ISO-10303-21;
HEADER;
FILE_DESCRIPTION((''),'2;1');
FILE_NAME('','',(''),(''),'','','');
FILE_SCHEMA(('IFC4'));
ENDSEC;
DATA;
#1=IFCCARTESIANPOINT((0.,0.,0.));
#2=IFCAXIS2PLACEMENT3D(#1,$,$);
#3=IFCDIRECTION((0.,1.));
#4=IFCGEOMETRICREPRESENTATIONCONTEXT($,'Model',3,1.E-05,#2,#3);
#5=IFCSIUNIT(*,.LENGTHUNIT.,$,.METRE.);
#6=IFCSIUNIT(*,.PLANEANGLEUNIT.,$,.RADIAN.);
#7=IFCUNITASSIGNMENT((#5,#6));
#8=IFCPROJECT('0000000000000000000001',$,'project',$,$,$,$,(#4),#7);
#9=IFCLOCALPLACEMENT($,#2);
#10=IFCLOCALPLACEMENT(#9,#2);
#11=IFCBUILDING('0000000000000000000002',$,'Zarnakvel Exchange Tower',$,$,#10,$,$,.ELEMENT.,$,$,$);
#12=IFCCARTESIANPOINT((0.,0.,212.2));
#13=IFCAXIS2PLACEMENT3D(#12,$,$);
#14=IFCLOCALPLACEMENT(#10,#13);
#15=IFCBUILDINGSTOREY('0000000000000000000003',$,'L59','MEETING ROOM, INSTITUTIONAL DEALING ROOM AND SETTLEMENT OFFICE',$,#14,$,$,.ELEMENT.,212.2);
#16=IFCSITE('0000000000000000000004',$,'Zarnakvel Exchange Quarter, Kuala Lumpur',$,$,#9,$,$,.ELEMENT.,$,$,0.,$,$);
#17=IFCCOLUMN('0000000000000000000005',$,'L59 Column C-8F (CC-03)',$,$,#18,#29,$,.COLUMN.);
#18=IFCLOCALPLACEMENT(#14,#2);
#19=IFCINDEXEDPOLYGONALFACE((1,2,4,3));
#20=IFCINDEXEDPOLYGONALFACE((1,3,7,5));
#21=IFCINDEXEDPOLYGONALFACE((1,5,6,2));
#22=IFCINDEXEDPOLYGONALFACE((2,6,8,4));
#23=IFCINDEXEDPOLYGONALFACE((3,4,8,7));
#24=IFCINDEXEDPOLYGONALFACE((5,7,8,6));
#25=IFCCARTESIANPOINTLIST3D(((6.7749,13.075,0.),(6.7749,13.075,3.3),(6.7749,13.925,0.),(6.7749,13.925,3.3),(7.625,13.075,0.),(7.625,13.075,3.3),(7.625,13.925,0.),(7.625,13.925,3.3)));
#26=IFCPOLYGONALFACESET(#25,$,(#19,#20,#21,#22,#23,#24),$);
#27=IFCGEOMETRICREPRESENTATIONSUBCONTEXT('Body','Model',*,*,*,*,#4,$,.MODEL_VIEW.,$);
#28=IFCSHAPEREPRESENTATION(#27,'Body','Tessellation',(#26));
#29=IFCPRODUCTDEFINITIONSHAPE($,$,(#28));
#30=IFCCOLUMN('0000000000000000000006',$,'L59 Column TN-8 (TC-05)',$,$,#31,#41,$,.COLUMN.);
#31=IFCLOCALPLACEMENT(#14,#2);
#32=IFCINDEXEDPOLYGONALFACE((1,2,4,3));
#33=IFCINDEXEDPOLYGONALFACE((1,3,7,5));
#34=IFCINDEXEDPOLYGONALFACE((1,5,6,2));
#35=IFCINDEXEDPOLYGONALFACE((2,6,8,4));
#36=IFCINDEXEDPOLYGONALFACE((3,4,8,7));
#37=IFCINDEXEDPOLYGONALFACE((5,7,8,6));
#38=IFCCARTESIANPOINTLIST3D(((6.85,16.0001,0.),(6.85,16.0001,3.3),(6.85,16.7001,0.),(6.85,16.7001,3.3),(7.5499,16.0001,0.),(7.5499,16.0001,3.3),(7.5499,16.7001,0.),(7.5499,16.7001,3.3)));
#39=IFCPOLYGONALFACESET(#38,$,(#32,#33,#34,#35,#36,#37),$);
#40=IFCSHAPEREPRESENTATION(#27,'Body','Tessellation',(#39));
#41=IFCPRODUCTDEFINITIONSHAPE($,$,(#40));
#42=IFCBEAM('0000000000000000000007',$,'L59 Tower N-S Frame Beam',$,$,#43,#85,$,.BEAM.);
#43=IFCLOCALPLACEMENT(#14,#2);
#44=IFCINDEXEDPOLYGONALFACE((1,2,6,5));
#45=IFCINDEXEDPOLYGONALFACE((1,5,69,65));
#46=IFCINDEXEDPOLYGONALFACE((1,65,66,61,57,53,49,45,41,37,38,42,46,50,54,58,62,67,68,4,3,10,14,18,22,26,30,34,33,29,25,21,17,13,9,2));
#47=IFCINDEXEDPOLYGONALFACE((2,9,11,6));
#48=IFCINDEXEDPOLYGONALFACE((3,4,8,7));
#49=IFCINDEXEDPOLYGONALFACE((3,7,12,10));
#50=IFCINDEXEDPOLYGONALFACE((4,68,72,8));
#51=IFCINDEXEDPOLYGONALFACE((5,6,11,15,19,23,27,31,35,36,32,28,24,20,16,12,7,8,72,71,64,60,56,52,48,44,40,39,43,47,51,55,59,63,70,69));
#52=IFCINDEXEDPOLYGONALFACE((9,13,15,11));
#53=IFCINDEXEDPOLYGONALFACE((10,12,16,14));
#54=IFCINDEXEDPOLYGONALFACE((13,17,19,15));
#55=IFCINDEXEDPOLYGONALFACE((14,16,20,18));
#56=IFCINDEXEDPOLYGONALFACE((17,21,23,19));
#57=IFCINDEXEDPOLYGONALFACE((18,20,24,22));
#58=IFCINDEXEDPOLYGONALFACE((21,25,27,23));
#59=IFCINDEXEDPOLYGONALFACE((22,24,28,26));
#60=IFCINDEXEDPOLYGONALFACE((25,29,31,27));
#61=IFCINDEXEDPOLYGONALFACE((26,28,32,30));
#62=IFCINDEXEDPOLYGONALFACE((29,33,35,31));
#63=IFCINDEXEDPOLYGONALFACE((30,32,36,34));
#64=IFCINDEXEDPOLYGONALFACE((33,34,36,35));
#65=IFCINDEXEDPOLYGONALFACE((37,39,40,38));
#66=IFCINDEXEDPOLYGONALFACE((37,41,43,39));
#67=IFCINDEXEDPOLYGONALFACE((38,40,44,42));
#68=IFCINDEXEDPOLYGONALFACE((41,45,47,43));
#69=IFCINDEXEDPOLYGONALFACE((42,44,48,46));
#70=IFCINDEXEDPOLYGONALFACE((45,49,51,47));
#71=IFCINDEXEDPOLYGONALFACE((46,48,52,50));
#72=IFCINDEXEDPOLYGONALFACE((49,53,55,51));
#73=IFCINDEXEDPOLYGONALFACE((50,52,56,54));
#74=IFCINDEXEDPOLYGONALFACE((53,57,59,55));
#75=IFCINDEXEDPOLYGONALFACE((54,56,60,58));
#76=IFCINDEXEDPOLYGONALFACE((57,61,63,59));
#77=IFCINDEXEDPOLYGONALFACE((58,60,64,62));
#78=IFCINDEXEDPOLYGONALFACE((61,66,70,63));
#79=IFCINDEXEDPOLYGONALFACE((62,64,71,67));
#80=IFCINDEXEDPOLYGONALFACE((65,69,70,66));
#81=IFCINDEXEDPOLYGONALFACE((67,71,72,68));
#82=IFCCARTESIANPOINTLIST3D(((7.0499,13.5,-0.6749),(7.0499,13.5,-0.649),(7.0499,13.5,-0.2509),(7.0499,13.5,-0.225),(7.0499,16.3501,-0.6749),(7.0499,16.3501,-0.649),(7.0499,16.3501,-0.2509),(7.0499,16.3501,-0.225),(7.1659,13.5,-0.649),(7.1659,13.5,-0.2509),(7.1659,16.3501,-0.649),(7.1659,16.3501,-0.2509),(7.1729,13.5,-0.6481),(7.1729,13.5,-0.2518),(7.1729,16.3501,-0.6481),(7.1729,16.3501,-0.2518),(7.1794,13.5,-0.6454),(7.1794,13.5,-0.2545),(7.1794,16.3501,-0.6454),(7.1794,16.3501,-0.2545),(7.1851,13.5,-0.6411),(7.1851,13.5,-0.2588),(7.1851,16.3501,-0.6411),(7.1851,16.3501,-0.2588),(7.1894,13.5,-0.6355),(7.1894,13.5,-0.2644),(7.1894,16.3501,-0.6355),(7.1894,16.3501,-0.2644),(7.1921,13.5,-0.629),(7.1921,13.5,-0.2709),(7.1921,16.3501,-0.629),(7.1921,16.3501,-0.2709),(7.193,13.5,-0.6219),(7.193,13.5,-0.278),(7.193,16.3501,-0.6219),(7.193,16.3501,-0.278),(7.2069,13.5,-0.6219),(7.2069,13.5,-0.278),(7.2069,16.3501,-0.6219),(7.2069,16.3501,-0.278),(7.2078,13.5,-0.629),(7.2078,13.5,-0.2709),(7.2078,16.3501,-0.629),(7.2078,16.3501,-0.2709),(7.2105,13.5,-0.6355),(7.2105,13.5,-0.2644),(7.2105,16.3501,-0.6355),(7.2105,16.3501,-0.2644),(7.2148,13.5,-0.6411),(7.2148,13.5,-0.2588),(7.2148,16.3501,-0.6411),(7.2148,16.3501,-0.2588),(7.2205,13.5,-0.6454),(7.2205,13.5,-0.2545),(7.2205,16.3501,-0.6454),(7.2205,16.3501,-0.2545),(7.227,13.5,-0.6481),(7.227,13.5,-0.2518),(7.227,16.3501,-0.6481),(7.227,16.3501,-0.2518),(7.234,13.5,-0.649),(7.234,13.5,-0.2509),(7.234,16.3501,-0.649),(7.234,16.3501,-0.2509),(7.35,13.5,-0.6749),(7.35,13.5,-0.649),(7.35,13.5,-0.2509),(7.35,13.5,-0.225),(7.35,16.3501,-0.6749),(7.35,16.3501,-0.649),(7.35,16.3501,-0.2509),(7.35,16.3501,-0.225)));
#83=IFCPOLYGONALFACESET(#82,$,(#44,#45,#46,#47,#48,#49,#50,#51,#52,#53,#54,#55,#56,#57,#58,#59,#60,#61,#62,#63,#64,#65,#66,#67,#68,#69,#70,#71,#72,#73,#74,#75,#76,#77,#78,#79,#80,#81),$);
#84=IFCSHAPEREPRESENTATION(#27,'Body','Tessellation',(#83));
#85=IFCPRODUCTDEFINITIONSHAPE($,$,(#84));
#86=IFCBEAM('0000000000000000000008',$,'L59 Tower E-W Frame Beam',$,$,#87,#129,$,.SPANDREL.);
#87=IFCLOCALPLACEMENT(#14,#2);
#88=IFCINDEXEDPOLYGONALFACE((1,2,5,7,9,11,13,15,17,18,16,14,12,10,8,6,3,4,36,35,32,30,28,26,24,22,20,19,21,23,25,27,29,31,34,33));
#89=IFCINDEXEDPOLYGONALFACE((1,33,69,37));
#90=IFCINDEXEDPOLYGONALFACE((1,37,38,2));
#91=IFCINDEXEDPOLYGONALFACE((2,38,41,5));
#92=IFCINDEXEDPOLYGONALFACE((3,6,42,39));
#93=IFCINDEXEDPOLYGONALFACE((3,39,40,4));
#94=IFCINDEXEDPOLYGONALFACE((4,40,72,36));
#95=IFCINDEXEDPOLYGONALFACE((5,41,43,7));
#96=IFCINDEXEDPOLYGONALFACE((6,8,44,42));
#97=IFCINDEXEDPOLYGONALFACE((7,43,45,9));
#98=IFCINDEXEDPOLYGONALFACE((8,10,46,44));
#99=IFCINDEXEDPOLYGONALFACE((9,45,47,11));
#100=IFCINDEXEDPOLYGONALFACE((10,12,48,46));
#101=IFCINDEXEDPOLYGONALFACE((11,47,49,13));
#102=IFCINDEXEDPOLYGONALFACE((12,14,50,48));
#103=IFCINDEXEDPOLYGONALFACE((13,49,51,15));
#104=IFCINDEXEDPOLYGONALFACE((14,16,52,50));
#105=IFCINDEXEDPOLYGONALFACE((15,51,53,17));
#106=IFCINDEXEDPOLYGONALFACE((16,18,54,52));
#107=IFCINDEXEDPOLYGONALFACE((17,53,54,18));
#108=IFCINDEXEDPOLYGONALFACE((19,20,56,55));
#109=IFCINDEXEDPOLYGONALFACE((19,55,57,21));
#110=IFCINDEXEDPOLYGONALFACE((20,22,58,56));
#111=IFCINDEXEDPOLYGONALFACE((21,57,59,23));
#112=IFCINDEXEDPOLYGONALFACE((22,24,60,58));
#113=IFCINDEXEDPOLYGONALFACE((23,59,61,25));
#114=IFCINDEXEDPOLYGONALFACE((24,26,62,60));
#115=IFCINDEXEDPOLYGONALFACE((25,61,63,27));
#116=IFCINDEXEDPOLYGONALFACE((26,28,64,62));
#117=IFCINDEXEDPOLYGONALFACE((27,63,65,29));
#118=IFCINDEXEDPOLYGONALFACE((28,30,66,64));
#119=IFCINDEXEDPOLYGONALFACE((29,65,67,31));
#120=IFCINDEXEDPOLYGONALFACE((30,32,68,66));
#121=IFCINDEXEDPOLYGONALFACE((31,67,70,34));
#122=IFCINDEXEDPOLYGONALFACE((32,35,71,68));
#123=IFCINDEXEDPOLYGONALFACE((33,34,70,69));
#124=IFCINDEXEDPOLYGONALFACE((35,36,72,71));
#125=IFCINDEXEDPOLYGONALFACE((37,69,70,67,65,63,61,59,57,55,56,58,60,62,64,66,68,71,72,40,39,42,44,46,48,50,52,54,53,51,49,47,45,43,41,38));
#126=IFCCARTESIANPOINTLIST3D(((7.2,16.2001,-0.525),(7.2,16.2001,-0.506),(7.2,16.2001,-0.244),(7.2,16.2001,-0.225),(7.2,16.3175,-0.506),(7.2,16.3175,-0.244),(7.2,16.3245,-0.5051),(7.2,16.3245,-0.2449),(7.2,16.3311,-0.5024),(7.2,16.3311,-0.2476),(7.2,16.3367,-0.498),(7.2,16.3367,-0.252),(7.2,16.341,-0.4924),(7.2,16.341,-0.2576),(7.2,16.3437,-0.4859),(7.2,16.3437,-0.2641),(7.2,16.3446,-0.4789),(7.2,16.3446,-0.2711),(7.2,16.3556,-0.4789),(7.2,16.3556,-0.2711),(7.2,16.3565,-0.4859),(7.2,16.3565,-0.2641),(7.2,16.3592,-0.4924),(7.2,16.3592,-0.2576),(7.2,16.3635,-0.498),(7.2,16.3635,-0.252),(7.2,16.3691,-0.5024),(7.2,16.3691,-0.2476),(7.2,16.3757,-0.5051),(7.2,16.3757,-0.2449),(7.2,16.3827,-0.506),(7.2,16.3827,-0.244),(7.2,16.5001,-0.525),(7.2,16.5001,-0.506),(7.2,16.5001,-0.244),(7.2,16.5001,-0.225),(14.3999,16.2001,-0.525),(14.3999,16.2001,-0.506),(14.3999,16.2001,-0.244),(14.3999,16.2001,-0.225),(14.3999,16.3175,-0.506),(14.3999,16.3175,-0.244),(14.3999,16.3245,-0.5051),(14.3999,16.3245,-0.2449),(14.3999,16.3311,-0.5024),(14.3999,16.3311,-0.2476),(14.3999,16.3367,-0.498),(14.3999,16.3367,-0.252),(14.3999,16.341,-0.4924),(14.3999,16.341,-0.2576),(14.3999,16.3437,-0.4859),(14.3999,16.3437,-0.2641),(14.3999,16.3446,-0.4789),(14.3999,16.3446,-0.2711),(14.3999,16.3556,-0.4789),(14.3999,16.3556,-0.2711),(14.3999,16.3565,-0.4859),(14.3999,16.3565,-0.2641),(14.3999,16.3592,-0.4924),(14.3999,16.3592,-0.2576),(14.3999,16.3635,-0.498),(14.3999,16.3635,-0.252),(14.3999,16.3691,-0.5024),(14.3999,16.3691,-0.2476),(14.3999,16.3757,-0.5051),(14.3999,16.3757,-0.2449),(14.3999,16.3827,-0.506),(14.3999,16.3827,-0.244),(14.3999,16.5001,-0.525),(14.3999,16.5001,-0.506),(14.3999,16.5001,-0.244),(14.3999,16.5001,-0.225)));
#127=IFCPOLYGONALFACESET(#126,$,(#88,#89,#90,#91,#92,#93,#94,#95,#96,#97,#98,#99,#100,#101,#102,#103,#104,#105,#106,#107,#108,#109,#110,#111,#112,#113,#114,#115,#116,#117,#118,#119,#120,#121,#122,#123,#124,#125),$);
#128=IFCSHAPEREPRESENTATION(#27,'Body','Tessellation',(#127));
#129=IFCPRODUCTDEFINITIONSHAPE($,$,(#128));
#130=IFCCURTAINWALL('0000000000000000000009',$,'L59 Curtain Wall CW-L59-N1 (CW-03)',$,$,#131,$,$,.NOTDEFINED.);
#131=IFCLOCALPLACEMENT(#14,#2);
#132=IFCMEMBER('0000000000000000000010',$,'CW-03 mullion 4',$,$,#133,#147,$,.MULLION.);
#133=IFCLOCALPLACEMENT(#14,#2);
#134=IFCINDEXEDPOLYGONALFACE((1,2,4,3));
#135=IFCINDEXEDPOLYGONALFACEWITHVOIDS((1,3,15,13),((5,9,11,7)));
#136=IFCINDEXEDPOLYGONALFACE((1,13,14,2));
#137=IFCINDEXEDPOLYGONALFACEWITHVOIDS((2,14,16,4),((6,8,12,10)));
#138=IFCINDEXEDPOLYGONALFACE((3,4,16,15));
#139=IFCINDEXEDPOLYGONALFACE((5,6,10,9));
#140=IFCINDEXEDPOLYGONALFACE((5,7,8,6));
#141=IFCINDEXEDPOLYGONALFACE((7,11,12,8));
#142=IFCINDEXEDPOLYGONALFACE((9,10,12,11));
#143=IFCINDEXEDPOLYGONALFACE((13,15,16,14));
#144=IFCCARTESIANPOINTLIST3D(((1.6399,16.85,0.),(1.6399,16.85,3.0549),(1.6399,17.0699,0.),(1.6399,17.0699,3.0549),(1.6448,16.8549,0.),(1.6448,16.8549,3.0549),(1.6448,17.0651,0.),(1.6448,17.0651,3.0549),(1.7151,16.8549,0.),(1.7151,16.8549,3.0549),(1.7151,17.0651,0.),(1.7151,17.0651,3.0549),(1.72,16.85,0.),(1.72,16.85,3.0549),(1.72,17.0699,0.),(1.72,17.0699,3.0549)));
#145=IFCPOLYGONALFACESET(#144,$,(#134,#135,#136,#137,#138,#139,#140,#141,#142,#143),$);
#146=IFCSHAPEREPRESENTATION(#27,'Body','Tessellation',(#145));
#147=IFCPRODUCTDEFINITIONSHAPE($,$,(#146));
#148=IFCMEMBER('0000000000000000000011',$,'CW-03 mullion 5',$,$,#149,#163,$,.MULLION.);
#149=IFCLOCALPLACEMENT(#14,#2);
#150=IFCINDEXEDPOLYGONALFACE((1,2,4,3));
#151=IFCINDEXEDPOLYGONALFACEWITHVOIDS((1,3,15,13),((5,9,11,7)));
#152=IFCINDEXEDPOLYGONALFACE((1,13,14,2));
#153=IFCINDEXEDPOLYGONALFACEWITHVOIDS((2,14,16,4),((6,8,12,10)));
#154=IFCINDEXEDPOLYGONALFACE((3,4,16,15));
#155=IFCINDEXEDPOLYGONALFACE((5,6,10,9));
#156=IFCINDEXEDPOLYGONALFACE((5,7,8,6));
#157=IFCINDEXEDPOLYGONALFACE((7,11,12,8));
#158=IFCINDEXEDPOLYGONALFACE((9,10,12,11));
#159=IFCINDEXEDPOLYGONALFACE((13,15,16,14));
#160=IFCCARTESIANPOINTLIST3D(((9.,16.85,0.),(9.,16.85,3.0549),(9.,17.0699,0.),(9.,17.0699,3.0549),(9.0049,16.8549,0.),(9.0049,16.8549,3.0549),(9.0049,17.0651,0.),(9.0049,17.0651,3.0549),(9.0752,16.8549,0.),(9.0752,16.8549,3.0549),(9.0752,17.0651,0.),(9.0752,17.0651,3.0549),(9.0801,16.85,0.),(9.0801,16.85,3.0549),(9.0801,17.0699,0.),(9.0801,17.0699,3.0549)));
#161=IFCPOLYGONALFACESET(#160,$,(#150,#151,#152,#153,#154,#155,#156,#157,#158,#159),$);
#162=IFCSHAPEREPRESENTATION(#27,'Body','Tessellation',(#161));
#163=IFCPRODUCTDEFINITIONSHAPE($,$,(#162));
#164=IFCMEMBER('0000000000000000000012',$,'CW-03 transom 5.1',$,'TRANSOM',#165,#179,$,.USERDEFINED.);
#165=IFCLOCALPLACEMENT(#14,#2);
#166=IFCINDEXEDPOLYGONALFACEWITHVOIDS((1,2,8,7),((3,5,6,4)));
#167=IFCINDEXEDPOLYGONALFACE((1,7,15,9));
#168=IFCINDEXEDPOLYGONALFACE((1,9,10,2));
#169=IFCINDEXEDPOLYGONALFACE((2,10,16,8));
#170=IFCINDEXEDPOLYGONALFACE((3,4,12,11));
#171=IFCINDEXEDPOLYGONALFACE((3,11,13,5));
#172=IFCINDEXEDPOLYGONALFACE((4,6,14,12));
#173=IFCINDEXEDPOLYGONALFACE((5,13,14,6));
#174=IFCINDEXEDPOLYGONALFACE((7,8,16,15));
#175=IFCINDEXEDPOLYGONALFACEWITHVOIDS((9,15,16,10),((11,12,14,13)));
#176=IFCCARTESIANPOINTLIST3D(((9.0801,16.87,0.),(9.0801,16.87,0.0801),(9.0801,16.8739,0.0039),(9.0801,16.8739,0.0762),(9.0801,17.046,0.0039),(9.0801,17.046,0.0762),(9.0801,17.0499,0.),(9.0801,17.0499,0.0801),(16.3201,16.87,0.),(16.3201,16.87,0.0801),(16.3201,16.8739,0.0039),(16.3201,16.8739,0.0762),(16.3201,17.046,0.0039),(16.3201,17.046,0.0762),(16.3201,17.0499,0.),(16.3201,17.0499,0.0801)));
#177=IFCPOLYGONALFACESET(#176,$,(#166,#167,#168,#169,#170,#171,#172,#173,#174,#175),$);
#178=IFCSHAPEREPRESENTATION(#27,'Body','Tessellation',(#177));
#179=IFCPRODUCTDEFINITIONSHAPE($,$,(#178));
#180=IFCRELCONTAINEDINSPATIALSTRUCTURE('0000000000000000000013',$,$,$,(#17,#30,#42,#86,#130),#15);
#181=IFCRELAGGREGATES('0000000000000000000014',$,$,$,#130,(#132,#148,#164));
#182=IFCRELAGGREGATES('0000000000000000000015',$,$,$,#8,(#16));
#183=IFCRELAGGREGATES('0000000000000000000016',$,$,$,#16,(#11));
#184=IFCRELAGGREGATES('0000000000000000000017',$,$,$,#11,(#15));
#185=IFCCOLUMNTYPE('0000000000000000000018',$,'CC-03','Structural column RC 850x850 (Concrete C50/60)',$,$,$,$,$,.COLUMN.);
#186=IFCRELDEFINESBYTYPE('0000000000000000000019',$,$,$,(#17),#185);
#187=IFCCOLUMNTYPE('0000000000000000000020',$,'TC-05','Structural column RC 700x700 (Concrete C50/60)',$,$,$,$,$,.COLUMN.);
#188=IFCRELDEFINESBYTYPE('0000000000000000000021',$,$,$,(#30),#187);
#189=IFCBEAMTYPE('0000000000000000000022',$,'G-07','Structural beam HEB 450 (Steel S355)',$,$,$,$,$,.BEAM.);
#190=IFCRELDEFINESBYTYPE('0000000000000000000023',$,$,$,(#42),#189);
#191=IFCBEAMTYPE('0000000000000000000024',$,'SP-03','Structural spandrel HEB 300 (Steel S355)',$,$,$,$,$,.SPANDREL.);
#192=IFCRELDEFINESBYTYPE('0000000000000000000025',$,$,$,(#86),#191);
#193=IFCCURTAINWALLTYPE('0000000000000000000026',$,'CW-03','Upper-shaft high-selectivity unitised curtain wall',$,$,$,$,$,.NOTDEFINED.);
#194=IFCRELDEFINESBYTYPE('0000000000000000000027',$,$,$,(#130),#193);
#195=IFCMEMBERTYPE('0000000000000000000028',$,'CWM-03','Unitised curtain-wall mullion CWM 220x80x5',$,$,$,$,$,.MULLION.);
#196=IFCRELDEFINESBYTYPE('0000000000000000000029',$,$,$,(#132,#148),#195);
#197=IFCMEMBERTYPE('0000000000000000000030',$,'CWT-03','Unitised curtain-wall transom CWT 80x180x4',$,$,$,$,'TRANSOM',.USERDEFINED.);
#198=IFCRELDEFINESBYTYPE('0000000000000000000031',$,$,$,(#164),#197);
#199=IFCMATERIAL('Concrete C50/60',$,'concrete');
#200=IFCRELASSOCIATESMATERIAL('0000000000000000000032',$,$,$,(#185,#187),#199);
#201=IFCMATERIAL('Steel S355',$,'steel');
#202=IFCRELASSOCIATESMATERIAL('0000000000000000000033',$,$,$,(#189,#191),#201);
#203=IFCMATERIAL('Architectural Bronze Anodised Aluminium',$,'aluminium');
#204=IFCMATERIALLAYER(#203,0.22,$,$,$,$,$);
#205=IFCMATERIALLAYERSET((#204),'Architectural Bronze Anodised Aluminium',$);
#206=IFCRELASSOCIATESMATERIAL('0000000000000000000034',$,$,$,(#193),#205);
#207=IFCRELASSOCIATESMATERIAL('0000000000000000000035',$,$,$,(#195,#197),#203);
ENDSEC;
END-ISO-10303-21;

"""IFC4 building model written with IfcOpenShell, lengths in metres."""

from ifc_helpers import new_model, si_unit, direction, frame, origin, origin_2d, place, context, subcontext, project, spatial, rectangle, hollow_rectangle, i_section, extrude, source, transform, mapped, material, layer, layer_set, material_profile, profile_set, type_object, element, aggregate, save


model = new_model("IFC4")

# Units and contexts
model_context = context("Model", 3, precision=1e-05, world=origin(), true_north=direction((0.0, 1.0)))
body_context = subcontext(model_context, "Body", "Model", "MODEL_VIEW")
ifc_project = project(units=[si_unit("LENGTHUNIT", "METRE"), si_unit("PLANEANGLEUNIT", "RADIAN")], contexts=[model_context])

# Site, building, storey
site_placement = place(None, origin())
site = spatial("IfcSite", under=ifc_project, at=site_placement, Name="Zarnakvel Exchange Quarter, Kuala Lumpur", CompositionType="ELEMENT", RefElevation=0.0)
building_placement = place(site_placement, origin())
building = spatial("IfcBuilding", under=site, at=building_placement, Name="Zarnakvel Exchange Tower", CompositionType="ELEMENT")
storey_placement = place(building_placement, frame((0.0, 0.0, 212.2)))
storey = spatial("IfcBuildingStorey", under=building, at=storey_placement, Name="L59", Description="MEETING ROOM, INSTITUTIONAL DEALING ROOM AND SETTLEMENT OFFICE", CompositionType="ELEMENT", Elevation=212.2)

# Columns
ifc_material_1 = material(Name="Concrete C50/60", Category="concrete")
ifc_material_profile_1 = material_profile(ifc_material_1, rectangle(XDim=0.8501, YDim=0.8501, at=origin_2d()))
ifc_profile_set_1 = profile_set([ifc_material_profile_1], Name="Concrete C50/60")
column_type_1 = type_object("IfcColumnType", Name="CC-03", Description="Structural column RC 850x850 (Concrete C50/60)", PredefinedType="COLUMN", material=ifc_profile_set_1)
column_1_placement = place(storey_placement, frame((7.2, 13.5, 0.0), z_axis=(0.0, 0.0, 1.0), x_axis=(1.0, 0.0, 0.0)))
element("IfcColumn", 1, at=column_1_placement, inside=storey, type_object=column_type_1, Name="L59 Column C-8F (CC-03)", PredefinedType="COLUMN", context=body_context, shape_type="SweptSolid", body=[
    extrude(rectangle(XDim=0.8501, YDim=0.8501, at=origin_2d()), origin(), (0.0, 0.0, 1.0), 3.3),
])
ifc_material_profile_2 = material_profile(ifc_material_1, rectangle(XDim=0.7, YDim=0.7, at=origin_2d()))
ifc_profile_set_2 = profile_set([ifc_material_profile_2], Name="Concrete C50/60")
column_type_2 = type_object("IfcColumnType", Name="TC-05", Description="Structural column RC 700x700 (Concrete C50/60)", PredefinedType="COLUMN", material=ifc_profile_set_2)
column_2_placement = place(storey_placement, frame((7.2, 16.3501, 0.0), z_axis=(0.0, 0.0, 1.0), x_axis=(1.0, 0.0, 0.0)))
element("IfcColumn", 2, at=column_2_placement, inside=storey, type_object=column_type_2, Name="L59 Column TN-8 (TC-05)", PredefinedType="COLUMN", context=body_context, shape_type="SweptSolid", body=[
    extrude(rectangle(XDim=0.7, YDim=0.7, at=origin_2d()), origin(), (0.0, 0.0, 1.0), 3.3),
])

# Beams
ifc_material_2 = material(Name="Steel S355", Category="steel")
ifc_material_profile_3 = material_profile(ifc_material_2, i_section(OverallWidth=0.3, OverallDepth=0.45, WebThickness=0.0139, FlangeThickness=0.0259, FilletRadius=0.0271, at=origin_2d()))
ifc_profile_set_3 = profile_set([ifc_material_profile_3], Name="Steel S355")
beam_type_1 = type_object("IfcBeamType", Name="G-07", Description="Structural beam HEB 450 (Steel S355)", PredefinedType="BEAM", material=ifc_profile_set_3)
beam_1_placement = place(storey_placement, frame((7.2, 13.5, -0.45), z_axis=(0.0, 1.0, 0.0), x_axis=(-1.0, 0.0, 0.0)))
element("IfcBeam", 3, at=beam_1_placement, inside=storey, type_object=beam_type_1, Name="L59 Tower N-S Frame Beam", PredefinedType="BEAM", context=body_context, shape_type="SweptSolid", body=[
    extrude(i_section(OverallWidth=0.3, OverallDepth=0.45, WebThickness=0.0139, FlangeThickness=0.0259, FilletRadius=0.0271, at=origin_2d()), origin(), (0.0, 0.0, 1.0), 2.8501),
])
ifc_material_profile_4 = material_profile(ifc_material_2, i_section(OverallWidth=0.3, OverallDepth=0.3, WebThickness=0.011, FlangeThickness=0.019, FilletRadius=0.0271, at=origin_2d()))
ifc_profile_set_4 = profile_set([ifc_material_profile_4], Name="Steel S355")
beam_type_2 = type_object("IfcBeamType", Name="SP-03", Description="Structural spandrel HEB 300 (Steel S355)", PredefinedType="SPANDREL", material=ifc_profile_set_4)
beam_2_placement = place(storey_placement, frame((7.2, 16.3501, -0.375), z_axis=(1.0, 0.0, 0.0), x_axis=(0.0, 1.0, 0.0)))
element("IfcBeam", 4, at=beam_2_placement, inside=storey, type_object=beam_type_2, Name="L59 Tower E-W Frame Beam", PredefinedType="SPANDREL", context=body_context, shape_type="SweptSolid", body=[
    extrude(i_section(OverallWidth=0.3, OverallDepth=0.3, WebThickness=0.011, FlangeThickness=0.019, FilletRadius=0.0271, at=origin_2d()), origin(), (0.0, 0.0, 1.0), 7.2),
])

# Curtain wall, members
ifc_material_3 = material(Name="Architectural Bronze Anodised Aluminium", Category="aluminium")
ifc_layer_1 = layer(ifc_material_3, 0.22)
ifc_layer_set_1 = layer_set([ifc_layer_1], Name="Architectural Bronze Anodised Aluminium")
curtain_wall_type = type_object("IfcCurtainWallType", Name="CW-03", Description="Upper-shaft high-selectivity unitised curtain wall", PredefinedType="NOTDEFINED", material=ifc_layer_set_1)
curtain_wall_placement = place(storey_placement, origin())
curtain_wall = element("IfcCurtainWall", 5, at=curtain_wall_placement, inside=storey, type_object=curtain_wall_type, Name="L59 Curtain Wall CW-L59-N1 (CW-03)", PredefinedType="NOTDEFINED")
ifc_material_profile_5 = material_profile(ifc_material_3, hollow_rectangle(XDim=0.22, YDim=0.0801, WallThickness=0.0049, at=origin_2d()))
ifc_profile_set_5 = profile_set([ifc_material_profile_5], Name="Architectural Bronze Anodised Aluminium")
member_type_1 = type_object("IfcMemberType", Name="CWM-03", Description="Unitised curtain-wall mullion CWM 220x80x5", PredefinedType="MULLION", material=ifc_profile_set_5)
shared_shape_1 = source(origin(), body_context, "Body", "SweptSolid", [
    extrude(hollow_rectangle(XDim=0.22, YDim=0.0801, WallThickness=0.0049, at=origin_2d()), origin(), (0.0, 0.0, 1.0), 3.0549),
])
member_1_placement = place(storey_placement, frame((1.6799, 16.96, 0.0), z_axis=(0.0, 0.0, 1.0), x_axis=(0.0, 1.0, 0.0)))
member_1 = element("IfcMember", 6, at=member_1_placement, type_object=member_type_1, Name="CW-03 mullion 4", PredefinedType="MULLION", context=body_context, shape_type="MappedRepresentation", body=[
    mapped(shared_shape_1, transform((0.0, 0.0, 0.0), x_axis=(1.0, 0.0, 0.0), y_axis=(0.0, 1.0, 0.0), z_axis=(0.0, 0.0, 1.0), scale=1.0)),
])
member_2_placement = place(storey_placement, frame((9.04, 16.96, 0.0), z_axis=(0.0, 0.0, 1.0), x_axis=(0.0, 1.0, 0.0)))
member_2 = element("IfcMember", 7, at=member_2_placement, type_object=member_type_1, Name="CW-03 mullion 5", PredefinedType="MULLION", context=body_context, shape_type="MappedRepresentation", body=[
    mapped(shared_shape_1, transform((0.0, 0.0, 0.0), x_axis=(1.0, 0.0, 0.0), y_axis=(0.0, 1.0, 0.0), z_axis=(0.0, 0.0, 1.0), scale=1.0)),
])
ifc_material_profile_6 = material_profile(ifc_material_3, hollow_rectangle(XDim=0.1799, YDim=0.0801, WallThickness=0.0039, at=origin_2d()))
ifc_profile_set_6 = profile_set([ifc_material_profile_6], Name="Architectural Bronze Anodised Aluminium")
member_type_2 = type_object("IfcMemberType", Name="CWT-03", Description="Unitised curtain-wall transom CWT 80x180x4", ElementType="TRANSOM", PredefinedType="USERDEFINED", material=ifc_profile_set_6)
shared_shape_2 = source(origin(), body_context, "Body", "SweptSolid", [
    extrude(hollow_rectangle(XDim=0.1799, YDim=0.0801, WallThickness=0.0039, at=origin_2d()), origin(), (0.0, 0.0, 1.0), 7.24),
])
member_3_placement = place(storey_placement, frame((9.0801, 16.96, 0.04), z_axis=(1.0, 0.0, 0.0), x_axis=(0.0, 1.0, 0.0)))
member_3 = element("IfcMember", 8, at=member_3_placement, type_object=member_type_2, Name="CW-03 transom 5.1", ObjectType="TRANSOM", PredefinedType="USERDEFINED", context=body_context, shape_type="MappedRepresentation", body=[
    mapped(shared_shape_2, transform((0.0, 0.0, 0.0), x_axis=(1.0, 0.0, 0.0), y_axis=(0.0, 1.0, 0.0), z_axis=(0.0, 0.0, 1.0), scale=1.0)),
])
aggregate(curtain_wall, [member_1, member_2, member_3])

save(model, "model.ifc")
